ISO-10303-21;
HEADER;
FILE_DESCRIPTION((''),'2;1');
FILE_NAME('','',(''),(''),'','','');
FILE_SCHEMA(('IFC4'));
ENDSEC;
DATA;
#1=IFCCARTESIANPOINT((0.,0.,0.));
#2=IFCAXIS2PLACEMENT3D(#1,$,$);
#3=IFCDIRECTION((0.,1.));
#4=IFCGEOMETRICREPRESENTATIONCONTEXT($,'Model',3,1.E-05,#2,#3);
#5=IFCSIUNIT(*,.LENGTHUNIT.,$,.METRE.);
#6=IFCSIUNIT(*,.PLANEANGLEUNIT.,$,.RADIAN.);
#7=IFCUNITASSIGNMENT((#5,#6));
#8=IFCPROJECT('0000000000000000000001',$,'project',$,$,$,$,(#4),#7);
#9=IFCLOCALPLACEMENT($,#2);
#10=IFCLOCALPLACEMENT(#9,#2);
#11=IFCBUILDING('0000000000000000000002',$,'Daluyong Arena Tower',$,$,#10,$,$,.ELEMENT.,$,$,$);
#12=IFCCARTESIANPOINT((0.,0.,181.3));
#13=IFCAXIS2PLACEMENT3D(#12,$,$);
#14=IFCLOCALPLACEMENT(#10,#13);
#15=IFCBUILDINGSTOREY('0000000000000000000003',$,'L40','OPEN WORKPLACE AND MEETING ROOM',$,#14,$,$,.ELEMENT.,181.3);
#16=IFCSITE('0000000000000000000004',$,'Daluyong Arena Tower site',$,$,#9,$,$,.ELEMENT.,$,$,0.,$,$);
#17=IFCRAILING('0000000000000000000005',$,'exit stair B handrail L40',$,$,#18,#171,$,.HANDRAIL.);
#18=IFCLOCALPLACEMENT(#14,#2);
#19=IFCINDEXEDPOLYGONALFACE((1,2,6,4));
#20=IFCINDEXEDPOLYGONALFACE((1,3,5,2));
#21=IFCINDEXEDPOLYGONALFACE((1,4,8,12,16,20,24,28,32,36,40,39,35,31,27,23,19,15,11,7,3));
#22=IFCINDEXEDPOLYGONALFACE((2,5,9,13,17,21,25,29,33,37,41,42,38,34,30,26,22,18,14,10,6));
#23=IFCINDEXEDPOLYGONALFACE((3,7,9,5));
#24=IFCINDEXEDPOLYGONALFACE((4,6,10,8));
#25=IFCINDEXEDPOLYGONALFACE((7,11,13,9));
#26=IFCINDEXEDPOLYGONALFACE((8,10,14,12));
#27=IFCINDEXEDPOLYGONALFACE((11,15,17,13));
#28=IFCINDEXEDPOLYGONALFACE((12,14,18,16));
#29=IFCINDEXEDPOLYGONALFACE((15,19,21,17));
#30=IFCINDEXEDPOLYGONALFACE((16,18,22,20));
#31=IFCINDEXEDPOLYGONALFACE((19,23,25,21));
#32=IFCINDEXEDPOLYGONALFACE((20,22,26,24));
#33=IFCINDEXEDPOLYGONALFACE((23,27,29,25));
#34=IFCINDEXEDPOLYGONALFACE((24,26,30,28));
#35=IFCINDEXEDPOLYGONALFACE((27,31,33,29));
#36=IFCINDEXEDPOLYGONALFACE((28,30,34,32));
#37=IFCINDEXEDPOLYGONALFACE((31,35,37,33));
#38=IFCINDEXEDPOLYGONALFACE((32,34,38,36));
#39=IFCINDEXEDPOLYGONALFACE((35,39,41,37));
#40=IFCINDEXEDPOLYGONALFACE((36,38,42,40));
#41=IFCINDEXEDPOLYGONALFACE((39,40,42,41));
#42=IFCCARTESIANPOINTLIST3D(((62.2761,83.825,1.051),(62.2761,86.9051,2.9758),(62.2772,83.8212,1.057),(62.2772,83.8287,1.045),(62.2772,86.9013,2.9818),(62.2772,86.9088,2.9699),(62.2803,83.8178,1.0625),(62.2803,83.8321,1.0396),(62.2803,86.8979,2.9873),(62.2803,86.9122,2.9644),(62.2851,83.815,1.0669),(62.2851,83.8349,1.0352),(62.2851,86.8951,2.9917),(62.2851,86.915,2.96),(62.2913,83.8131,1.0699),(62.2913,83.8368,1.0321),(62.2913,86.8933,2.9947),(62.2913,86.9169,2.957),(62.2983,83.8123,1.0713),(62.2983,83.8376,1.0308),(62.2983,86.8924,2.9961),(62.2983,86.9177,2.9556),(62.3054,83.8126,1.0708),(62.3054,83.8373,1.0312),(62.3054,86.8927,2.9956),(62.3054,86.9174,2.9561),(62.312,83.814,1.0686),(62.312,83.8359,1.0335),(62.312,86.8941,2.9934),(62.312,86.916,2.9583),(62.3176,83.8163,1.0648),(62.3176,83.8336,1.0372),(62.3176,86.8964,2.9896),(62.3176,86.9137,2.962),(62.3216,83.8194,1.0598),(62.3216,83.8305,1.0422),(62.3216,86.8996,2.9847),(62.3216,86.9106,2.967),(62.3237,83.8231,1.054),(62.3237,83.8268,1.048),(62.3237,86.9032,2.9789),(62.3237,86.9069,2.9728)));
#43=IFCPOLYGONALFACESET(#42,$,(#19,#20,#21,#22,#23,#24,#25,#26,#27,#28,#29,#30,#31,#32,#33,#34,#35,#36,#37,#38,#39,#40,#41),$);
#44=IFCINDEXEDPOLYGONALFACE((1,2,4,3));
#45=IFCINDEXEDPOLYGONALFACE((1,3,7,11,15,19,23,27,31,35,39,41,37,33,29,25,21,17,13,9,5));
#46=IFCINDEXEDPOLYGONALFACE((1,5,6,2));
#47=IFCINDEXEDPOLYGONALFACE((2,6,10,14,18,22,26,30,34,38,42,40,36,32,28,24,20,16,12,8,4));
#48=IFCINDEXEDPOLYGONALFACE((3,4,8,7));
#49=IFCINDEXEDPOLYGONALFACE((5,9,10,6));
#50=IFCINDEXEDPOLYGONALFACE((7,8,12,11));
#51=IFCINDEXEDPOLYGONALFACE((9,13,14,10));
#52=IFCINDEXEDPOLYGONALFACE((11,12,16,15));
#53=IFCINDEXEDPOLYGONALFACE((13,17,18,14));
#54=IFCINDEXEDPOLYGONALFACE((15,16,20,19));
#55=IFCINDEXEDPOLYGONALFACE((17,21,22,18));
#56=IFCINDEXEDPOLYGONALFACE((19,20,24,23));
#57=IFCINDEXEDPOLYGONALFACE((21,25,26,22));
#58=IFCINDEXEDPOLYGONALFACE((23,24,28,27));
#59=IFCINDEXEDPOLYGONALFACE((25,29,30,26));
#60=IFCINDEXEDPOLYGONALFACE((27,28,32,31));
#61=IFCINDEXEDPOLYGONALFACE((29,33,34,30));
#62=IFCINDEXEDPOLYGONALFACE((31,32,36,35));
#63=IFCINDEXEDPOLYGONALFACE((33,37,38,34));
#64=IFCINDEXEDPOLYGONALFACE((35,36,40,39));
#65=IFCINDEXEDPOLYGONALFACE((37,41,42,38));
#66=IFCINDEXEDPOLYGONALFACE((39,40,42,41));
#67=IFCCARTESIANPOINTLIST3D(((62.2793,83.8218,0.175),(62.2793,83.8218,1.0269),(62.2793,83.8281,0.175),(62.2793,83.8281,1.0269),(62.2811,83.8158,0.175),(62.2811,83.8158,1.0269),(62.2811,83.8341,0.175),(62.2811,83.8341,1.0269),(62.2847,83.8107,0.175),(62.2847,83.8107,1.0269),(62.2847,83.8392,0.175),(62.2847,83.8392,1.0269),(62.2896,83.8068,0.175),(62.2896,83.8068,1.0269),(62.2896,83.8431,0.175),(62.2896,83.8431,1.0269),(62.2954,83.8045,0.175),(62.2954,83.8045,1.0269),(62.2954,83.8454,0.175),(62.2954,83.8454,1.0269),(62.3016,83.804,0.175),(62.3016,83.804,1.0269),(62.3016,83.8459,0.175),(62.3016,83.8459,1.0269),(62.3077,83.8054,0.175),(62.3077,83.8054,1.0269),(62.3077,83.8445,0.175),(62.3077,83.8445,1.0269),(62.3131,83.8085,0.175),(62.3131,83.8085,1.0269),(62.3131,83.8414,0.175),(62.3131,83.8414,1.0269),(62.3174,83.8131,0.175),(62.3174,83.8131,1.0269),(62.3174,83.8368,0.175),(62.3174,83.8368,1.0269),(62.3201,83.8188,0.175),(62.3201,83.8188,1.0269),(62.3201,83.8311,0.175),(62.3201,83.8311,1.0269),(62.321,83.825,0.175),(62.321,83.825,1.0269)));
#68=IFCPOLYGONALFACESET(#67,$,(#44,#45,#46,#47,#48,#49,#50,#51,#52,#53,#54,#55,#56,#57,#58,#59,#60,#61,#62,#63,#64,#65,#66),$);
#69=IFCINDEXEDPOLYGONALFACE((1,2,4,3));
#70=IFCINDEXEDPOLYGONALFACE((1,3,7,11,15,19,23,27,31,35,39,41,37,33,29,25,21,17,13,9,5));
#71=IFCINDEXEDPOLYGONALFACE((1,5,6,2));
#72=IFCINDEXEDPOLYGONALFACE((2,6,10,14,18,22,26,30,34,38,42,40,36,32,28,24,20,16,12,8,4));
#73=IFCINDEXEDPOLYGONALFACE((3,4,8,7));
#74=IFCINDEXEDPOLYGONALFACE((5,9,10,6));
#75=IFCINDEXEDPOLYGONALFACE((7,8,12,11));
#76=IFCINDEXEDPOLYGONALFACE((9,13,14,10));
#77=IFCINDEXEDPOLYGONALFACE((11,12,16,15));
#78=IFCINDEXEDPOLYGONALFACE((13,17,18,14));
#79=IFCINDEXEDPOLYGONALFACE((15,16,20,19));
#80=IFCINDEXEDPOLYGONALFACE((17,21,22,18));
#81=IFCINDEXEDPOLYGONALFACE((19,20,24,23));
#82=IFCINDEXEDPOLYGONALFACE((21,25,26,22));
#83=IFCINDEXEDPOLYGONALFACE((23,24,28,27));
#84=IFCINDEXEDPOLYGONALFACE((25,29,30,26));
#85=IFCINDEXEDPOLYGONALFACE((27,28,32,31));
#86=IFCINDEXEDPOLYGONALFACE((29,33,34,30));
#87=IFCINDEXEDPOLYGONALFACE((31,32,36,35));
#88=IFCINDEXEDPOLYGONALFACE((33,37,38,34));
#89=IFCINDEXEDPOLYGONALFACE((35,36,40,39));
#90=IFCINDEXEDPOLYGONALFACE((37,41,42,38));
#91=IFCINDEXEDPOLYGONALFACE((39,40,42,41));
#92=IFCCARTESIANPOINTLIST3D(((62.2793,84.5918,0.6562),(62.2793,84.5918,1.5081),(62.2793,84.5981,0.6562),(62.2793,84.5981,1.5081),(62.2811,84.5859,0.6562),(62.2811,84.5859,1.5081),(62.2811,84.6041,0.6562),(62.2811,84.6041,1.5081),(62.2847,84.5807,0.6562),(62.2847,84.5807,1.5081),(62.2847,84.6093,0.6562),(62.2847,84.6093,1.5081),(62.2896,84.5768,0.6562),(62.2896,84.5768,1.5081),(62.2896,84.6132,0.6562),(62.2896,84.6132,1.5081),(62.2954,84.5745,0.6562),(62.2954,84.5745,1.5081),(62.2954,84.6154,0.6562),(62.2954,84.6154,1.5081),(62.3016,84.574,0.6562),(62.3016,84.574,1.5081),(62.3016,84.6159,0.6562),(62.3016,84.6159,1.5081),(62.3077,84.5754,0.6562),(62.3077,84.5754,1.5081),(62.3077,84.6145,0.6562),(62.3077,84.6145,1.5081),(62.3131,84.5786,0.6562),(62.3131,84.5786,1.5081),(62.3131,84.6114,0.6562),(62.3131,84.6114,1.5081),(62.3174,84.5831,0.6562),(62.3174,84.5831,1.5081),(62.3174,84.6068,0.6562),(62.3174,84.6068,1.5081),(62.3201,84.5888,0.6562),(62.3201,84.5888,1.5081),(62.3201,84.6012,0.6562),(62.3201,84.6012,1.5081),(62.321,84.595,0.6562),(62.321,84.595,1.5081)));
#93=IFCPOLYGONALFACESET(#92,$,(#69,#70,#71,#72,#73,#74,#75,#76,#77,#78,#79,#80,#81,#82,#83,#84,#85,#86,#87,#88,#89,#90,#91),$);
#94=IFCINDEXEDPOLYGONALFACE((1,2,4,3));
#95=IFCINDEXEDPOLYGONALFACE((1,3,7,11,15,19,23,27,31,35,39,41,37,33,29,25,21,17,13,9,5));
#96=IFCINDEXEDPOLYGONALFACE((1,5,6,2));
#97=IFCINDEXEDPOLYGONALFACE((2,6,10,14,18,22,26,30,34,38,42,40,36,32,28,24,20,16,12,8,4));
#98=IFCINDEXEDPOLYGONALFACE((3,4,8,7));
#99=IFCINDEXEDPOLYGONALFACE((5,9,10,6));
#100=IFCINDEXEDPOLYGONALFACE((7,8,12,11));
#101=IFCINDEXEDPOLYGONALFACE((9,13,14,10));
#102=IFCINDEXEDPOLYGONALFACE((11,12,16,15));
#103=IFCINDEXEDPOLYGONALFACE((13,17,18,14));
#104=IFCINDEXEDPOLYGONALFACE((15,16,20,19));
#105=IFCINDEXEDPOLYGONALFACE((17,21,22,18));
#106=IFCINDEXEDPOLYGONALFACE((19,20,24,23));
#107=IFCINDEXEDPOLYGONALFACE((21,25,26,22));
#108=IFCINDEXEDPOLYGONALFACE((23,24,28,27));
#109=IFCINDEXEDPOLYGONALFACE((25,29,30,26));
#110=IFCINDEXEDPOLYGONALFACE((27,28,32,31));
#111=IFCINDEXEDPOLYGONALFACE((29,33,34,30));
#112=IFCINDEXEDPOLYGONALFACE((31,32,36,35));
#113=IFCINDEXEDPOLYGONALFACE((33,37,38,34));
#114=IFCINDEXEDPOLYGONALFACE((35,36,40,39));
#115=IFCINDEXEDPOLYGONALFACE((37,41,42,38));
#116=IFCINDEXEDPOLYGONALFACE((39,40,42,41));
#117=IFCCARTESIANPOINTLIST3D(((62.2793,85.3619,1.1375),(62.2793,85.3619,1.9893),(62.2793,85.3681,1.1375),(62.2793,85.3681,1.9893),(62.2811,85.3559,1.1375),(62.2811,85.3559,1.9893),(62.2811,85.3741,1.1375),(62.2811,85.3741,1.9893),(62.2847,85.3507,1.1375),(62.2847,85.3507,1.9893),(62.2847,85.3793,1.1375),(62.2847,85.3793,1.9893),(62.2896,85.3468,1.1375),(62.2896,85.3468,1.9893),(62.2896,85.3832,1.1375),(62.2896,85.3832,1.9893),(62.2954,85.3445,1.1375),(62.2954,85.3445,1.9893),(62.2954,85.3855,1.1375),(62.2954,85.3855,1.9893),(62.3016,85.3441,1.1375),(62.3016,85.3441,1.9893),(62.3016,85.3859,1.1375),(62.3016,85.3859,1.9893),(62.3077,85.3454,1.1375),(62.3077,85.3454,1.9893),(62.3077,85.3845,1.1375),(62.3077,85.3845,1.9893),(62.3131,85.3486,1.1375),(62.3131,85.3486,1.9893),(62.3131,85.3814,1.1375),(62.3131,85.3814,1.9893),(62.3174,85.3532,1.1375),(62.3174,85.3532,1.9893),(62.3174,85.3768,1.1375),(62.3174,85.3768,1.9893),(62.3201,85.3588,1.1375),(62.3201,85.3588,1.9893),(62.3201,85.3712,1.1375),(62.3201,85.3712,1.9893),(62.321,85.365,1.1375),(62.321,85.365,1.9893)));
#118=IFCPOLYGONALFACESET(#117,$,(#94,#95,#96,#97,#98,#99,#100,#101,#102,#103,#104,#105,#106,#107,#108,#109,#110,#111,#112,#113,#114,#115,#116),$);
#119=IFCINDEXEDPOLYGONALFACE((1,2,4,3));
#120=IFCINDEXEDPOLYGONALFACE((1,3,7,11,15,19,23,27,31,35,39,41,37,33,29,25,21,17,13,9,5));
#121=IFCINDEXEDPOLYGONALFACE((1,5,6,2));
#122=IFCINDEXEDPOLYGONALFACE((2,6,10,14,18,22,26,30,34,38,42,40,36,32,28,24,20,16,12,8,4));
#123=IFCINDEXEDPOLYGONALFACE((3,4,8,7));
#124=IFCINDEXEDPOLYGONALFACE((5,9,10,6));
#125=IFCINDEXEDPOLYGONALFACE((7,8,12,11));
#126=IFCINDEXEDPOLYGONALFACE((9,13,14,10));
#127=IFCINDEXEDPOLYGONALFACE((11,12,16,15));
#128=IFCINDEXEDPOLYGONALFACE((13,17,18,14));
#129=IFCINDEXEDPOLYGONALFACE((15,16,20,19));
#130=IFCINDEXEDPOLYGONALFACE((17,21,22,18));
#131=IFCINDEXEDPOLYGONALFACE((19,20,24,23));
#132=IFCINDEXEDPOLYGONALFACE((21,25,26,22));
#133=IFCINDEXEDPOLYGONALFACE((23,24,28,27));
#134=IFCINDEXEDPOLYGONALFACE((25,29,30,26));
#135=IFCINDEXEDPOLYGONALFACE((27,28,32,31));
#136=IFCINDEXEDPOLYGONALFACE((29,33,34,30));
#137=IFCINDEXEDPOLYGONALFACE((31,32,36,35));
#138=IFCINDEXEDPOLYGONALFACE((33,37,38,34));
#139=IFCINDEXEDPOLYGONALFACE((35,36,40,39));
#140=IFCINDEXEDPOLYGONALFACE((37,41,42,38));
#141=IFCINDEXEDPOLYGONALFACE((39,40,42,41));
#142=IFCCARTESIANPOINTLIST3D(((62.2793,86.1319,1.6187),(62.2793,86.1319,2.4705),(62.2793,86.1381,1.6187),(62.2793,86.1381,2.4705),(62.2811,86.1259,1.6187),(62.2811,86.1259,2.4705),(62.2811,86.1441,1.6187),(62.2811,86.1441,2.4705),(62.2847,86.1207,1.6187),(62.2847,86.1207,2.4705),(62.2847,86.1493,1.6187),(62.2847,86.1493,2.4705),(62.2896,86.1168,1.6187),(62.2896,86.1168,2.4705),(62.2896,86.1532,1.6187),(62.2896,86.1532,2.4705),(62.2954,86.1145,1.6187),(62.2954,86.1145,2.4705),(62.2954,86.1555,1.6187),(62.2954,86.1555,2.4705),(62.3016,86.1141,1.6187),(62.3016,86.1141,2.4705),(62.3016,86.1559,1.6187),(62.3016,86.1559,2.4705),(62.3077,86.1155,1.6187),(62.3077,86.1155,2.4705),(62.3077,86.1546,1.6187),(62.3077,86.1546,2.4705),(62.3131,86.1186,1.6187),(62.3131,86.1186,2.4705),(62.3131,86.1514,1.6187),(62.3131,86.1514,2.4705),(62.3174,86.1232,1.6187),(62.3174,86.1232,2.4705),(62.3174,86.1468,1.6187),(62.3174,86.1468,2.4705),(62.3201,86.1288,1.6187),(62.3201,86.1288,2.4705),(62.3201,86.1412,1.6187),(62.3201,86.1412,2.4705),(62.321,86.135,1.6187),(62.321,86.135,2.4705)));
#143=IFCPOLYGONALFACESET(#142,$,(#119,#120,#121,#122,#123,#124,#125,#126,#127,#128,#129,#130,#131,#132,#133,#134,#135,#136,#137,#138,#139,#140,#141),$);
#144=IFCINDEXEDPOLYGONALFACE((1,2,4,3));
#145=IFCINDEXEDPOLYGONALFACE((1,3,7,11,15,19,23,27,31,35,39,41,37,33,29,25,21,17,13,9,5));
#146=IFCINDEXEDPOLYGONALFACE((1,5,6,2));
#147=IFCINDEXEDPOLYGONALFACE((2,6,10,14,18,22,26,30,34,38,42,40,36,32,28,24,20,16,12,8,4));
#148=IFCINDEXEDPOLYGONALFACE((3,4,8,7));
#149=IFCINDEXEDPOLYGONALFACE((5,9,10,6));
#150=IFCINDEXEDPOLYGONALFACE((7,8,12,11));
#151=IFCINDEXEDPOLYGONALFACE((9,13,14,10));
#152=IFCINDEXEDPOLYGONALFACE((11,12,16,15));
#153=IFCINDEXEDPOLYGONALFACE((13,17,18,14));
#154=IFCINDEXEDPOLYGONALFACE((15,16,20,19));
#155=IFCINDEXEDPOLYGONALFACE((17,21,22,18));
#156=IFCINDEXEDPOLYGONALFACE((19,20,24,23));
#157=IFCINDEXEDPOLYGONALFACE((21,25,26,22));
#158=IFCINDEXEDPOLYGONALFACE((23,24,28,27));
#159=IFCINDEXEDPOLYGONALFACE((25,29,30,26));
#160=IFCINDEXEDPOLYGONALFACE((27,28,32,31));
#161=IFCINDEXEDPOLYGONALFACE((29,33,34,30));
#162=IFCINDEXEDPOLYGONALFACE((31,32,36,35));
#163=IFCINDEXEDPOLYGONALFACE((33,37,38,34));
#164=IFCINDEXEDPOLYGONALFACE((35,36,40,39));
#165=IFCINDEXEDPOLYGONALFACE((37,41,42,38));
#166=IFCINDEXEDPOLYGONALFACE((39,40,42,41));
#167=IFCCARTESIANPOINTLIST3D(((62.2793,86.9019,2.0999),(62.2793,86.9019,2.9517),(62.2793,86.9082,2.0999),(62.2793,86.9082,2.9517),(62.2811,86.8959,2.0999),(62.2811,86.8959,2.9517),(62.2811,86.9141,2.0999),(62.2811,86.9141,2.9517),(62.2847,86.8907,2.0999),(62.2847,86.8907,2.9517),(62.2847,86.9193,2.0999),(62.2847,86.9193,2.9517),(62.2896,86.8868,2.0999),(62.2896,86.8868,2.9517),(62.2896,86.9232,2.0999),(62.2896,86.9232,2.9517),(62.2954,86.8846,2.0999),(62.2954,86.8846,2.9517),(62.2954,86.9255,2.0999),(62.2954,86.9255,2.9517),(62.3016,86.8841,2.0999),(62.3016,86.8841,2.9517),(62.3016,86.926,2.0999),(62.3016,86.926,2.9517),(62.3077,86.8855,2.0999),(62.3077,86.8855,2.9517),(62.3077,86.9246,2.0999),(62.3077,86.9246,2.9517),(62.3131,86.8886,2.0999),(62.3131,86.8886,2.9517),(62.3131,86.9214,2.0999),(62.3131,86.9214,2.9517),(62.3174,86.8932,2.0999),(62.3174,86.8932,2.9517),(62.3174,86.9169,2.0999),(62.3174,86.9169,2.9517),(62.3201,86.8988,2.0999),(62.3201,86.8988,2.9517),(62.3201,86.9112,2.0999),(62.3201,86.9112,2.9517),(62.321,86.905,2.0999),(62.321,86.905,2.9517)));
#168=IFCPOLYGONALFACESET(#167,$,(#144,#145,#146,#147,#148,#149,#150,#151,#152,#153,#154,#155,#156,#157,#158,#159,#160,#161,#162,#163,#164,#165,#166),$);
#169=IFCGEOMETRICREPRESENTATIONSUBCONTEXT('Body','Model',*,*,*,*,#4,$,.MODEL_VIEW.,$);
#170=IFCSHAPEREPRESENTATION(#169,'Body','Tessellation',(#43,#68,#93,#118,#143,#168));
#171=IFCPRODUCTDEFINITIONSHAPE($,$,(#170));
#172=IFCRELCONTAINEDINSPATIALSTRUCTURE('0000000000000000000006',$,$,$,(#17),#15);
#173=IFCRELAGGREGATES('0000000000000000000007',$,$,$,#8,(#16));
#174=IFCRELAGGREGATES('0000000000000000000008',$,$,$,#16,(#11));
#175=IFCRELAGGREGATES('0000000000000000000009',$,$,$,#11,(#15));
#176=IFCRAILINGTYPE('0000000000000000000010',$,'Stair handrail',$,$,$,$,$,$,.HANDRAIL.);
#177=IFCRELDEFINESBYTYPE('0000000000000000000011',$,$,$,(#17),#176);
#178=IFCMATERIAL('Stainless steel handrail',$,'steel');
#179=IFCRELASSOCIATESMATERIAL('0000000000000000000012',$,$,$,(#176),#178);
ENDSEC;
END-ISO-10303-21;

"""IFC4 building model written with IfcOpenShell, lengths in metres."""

from ifc_helpers import new_model, si_unit, direction, frame, origin, origin_2d, place, context, subcontext, project, spatial, circle, extrude, material, type_object, element, save


model = new_model("IFC4")

# Units and contexts
model_context = context("Model", 3, precision=1e-05, world=origin(), true_north=direction((0.0, 1.0)))
body_context = subcontext(model_context, "Body", "Model", "MODEL_VIEW")
ifc_project = project(units=[si_unit("LENGTHUNIT", "METRE"), si_unit("PLANEANGLEUNIT", "RADIAN")], contexts=[model_context])

# Site, building, storey
site_placement = place(None, origin())
site = spatial("IfcSite", under=ifc_project, at=site_placement, Name="Daluyong Arena Tower site", CompositionType="ELEMENT", RefElevation=0.0)
building_placement = place(site_placement, origin())
building = spatial("IfcBuilding", under=site, at=building_placement, Name="Daluyong Arena Tower", CompositionType="ELEMENT")
storey_placement = place(building_placement, frame((0.0, 0.0, 181.3)))
storey = spatial("IfcBuildingStorey", under=building, at=storey_placement, Name="L40", Description="OPEN WORKPLACE AND MEETING ROOM", CompositionType="ELEMENT", Elevation=181.3)

# Railing
ifc_material_1 = material(Name="Stainless steel handrail", Category="steel")
railing_type_1 = type_object("IfcRailingType", Name="Stair handrail", PredefinedType="HANDRAIL", material=ifc_material_1)
railing_1_placement = place(storey_placement, frame((62.3, 83.825, 0.175)))
element("IfcRailing", 1, at=railing_1_placement, inside=storey, type_object=railing_type_1, Name="exit stair B handrail L40", PredefinedType="HANDRAIL", context=body_context, shape_type="SweptSolid", body=[
    extrude(circle(Radius=0.0239, at=origin_2d()), frame((0.0, 0.0, 0.876), z_axis=(0.0, 0.848029, 0.529951), x_axis=(-1.0, 0.0, 0.0)), (0.0, 0.0, 1.0), 3.6321),
    extrude(circle(Radius=0.021, at=origin_2d()), origin(), (0.0, 0.0, 1.0), 0.8518),
    extrude(circle(Radius=0.021, at=origin_2d()), frame((0.0, 0.77, 0.4812)), (0.0, 0.0, 1.0), 0.8518),
    extrude(circle(Radius=0.021, at=origin_2d()), frame((0.0, 1.54, 0.9624)), (0.0, 0.0, 1.0), 0.8518),
    extrude(circle(Radius=0.021, at=origin_2d()), frame((0.0, 2.3101, 1.4436)), (0.0, 0.0, 1.0), 0.8518),
    extrude(circle(Radius=0.021, at=origin_2d()), frame((0.0, 3.0801, 1.9248)), (0.0, 0.0, 1.0), 0.8518),
])

save(model, "model.ifc")
